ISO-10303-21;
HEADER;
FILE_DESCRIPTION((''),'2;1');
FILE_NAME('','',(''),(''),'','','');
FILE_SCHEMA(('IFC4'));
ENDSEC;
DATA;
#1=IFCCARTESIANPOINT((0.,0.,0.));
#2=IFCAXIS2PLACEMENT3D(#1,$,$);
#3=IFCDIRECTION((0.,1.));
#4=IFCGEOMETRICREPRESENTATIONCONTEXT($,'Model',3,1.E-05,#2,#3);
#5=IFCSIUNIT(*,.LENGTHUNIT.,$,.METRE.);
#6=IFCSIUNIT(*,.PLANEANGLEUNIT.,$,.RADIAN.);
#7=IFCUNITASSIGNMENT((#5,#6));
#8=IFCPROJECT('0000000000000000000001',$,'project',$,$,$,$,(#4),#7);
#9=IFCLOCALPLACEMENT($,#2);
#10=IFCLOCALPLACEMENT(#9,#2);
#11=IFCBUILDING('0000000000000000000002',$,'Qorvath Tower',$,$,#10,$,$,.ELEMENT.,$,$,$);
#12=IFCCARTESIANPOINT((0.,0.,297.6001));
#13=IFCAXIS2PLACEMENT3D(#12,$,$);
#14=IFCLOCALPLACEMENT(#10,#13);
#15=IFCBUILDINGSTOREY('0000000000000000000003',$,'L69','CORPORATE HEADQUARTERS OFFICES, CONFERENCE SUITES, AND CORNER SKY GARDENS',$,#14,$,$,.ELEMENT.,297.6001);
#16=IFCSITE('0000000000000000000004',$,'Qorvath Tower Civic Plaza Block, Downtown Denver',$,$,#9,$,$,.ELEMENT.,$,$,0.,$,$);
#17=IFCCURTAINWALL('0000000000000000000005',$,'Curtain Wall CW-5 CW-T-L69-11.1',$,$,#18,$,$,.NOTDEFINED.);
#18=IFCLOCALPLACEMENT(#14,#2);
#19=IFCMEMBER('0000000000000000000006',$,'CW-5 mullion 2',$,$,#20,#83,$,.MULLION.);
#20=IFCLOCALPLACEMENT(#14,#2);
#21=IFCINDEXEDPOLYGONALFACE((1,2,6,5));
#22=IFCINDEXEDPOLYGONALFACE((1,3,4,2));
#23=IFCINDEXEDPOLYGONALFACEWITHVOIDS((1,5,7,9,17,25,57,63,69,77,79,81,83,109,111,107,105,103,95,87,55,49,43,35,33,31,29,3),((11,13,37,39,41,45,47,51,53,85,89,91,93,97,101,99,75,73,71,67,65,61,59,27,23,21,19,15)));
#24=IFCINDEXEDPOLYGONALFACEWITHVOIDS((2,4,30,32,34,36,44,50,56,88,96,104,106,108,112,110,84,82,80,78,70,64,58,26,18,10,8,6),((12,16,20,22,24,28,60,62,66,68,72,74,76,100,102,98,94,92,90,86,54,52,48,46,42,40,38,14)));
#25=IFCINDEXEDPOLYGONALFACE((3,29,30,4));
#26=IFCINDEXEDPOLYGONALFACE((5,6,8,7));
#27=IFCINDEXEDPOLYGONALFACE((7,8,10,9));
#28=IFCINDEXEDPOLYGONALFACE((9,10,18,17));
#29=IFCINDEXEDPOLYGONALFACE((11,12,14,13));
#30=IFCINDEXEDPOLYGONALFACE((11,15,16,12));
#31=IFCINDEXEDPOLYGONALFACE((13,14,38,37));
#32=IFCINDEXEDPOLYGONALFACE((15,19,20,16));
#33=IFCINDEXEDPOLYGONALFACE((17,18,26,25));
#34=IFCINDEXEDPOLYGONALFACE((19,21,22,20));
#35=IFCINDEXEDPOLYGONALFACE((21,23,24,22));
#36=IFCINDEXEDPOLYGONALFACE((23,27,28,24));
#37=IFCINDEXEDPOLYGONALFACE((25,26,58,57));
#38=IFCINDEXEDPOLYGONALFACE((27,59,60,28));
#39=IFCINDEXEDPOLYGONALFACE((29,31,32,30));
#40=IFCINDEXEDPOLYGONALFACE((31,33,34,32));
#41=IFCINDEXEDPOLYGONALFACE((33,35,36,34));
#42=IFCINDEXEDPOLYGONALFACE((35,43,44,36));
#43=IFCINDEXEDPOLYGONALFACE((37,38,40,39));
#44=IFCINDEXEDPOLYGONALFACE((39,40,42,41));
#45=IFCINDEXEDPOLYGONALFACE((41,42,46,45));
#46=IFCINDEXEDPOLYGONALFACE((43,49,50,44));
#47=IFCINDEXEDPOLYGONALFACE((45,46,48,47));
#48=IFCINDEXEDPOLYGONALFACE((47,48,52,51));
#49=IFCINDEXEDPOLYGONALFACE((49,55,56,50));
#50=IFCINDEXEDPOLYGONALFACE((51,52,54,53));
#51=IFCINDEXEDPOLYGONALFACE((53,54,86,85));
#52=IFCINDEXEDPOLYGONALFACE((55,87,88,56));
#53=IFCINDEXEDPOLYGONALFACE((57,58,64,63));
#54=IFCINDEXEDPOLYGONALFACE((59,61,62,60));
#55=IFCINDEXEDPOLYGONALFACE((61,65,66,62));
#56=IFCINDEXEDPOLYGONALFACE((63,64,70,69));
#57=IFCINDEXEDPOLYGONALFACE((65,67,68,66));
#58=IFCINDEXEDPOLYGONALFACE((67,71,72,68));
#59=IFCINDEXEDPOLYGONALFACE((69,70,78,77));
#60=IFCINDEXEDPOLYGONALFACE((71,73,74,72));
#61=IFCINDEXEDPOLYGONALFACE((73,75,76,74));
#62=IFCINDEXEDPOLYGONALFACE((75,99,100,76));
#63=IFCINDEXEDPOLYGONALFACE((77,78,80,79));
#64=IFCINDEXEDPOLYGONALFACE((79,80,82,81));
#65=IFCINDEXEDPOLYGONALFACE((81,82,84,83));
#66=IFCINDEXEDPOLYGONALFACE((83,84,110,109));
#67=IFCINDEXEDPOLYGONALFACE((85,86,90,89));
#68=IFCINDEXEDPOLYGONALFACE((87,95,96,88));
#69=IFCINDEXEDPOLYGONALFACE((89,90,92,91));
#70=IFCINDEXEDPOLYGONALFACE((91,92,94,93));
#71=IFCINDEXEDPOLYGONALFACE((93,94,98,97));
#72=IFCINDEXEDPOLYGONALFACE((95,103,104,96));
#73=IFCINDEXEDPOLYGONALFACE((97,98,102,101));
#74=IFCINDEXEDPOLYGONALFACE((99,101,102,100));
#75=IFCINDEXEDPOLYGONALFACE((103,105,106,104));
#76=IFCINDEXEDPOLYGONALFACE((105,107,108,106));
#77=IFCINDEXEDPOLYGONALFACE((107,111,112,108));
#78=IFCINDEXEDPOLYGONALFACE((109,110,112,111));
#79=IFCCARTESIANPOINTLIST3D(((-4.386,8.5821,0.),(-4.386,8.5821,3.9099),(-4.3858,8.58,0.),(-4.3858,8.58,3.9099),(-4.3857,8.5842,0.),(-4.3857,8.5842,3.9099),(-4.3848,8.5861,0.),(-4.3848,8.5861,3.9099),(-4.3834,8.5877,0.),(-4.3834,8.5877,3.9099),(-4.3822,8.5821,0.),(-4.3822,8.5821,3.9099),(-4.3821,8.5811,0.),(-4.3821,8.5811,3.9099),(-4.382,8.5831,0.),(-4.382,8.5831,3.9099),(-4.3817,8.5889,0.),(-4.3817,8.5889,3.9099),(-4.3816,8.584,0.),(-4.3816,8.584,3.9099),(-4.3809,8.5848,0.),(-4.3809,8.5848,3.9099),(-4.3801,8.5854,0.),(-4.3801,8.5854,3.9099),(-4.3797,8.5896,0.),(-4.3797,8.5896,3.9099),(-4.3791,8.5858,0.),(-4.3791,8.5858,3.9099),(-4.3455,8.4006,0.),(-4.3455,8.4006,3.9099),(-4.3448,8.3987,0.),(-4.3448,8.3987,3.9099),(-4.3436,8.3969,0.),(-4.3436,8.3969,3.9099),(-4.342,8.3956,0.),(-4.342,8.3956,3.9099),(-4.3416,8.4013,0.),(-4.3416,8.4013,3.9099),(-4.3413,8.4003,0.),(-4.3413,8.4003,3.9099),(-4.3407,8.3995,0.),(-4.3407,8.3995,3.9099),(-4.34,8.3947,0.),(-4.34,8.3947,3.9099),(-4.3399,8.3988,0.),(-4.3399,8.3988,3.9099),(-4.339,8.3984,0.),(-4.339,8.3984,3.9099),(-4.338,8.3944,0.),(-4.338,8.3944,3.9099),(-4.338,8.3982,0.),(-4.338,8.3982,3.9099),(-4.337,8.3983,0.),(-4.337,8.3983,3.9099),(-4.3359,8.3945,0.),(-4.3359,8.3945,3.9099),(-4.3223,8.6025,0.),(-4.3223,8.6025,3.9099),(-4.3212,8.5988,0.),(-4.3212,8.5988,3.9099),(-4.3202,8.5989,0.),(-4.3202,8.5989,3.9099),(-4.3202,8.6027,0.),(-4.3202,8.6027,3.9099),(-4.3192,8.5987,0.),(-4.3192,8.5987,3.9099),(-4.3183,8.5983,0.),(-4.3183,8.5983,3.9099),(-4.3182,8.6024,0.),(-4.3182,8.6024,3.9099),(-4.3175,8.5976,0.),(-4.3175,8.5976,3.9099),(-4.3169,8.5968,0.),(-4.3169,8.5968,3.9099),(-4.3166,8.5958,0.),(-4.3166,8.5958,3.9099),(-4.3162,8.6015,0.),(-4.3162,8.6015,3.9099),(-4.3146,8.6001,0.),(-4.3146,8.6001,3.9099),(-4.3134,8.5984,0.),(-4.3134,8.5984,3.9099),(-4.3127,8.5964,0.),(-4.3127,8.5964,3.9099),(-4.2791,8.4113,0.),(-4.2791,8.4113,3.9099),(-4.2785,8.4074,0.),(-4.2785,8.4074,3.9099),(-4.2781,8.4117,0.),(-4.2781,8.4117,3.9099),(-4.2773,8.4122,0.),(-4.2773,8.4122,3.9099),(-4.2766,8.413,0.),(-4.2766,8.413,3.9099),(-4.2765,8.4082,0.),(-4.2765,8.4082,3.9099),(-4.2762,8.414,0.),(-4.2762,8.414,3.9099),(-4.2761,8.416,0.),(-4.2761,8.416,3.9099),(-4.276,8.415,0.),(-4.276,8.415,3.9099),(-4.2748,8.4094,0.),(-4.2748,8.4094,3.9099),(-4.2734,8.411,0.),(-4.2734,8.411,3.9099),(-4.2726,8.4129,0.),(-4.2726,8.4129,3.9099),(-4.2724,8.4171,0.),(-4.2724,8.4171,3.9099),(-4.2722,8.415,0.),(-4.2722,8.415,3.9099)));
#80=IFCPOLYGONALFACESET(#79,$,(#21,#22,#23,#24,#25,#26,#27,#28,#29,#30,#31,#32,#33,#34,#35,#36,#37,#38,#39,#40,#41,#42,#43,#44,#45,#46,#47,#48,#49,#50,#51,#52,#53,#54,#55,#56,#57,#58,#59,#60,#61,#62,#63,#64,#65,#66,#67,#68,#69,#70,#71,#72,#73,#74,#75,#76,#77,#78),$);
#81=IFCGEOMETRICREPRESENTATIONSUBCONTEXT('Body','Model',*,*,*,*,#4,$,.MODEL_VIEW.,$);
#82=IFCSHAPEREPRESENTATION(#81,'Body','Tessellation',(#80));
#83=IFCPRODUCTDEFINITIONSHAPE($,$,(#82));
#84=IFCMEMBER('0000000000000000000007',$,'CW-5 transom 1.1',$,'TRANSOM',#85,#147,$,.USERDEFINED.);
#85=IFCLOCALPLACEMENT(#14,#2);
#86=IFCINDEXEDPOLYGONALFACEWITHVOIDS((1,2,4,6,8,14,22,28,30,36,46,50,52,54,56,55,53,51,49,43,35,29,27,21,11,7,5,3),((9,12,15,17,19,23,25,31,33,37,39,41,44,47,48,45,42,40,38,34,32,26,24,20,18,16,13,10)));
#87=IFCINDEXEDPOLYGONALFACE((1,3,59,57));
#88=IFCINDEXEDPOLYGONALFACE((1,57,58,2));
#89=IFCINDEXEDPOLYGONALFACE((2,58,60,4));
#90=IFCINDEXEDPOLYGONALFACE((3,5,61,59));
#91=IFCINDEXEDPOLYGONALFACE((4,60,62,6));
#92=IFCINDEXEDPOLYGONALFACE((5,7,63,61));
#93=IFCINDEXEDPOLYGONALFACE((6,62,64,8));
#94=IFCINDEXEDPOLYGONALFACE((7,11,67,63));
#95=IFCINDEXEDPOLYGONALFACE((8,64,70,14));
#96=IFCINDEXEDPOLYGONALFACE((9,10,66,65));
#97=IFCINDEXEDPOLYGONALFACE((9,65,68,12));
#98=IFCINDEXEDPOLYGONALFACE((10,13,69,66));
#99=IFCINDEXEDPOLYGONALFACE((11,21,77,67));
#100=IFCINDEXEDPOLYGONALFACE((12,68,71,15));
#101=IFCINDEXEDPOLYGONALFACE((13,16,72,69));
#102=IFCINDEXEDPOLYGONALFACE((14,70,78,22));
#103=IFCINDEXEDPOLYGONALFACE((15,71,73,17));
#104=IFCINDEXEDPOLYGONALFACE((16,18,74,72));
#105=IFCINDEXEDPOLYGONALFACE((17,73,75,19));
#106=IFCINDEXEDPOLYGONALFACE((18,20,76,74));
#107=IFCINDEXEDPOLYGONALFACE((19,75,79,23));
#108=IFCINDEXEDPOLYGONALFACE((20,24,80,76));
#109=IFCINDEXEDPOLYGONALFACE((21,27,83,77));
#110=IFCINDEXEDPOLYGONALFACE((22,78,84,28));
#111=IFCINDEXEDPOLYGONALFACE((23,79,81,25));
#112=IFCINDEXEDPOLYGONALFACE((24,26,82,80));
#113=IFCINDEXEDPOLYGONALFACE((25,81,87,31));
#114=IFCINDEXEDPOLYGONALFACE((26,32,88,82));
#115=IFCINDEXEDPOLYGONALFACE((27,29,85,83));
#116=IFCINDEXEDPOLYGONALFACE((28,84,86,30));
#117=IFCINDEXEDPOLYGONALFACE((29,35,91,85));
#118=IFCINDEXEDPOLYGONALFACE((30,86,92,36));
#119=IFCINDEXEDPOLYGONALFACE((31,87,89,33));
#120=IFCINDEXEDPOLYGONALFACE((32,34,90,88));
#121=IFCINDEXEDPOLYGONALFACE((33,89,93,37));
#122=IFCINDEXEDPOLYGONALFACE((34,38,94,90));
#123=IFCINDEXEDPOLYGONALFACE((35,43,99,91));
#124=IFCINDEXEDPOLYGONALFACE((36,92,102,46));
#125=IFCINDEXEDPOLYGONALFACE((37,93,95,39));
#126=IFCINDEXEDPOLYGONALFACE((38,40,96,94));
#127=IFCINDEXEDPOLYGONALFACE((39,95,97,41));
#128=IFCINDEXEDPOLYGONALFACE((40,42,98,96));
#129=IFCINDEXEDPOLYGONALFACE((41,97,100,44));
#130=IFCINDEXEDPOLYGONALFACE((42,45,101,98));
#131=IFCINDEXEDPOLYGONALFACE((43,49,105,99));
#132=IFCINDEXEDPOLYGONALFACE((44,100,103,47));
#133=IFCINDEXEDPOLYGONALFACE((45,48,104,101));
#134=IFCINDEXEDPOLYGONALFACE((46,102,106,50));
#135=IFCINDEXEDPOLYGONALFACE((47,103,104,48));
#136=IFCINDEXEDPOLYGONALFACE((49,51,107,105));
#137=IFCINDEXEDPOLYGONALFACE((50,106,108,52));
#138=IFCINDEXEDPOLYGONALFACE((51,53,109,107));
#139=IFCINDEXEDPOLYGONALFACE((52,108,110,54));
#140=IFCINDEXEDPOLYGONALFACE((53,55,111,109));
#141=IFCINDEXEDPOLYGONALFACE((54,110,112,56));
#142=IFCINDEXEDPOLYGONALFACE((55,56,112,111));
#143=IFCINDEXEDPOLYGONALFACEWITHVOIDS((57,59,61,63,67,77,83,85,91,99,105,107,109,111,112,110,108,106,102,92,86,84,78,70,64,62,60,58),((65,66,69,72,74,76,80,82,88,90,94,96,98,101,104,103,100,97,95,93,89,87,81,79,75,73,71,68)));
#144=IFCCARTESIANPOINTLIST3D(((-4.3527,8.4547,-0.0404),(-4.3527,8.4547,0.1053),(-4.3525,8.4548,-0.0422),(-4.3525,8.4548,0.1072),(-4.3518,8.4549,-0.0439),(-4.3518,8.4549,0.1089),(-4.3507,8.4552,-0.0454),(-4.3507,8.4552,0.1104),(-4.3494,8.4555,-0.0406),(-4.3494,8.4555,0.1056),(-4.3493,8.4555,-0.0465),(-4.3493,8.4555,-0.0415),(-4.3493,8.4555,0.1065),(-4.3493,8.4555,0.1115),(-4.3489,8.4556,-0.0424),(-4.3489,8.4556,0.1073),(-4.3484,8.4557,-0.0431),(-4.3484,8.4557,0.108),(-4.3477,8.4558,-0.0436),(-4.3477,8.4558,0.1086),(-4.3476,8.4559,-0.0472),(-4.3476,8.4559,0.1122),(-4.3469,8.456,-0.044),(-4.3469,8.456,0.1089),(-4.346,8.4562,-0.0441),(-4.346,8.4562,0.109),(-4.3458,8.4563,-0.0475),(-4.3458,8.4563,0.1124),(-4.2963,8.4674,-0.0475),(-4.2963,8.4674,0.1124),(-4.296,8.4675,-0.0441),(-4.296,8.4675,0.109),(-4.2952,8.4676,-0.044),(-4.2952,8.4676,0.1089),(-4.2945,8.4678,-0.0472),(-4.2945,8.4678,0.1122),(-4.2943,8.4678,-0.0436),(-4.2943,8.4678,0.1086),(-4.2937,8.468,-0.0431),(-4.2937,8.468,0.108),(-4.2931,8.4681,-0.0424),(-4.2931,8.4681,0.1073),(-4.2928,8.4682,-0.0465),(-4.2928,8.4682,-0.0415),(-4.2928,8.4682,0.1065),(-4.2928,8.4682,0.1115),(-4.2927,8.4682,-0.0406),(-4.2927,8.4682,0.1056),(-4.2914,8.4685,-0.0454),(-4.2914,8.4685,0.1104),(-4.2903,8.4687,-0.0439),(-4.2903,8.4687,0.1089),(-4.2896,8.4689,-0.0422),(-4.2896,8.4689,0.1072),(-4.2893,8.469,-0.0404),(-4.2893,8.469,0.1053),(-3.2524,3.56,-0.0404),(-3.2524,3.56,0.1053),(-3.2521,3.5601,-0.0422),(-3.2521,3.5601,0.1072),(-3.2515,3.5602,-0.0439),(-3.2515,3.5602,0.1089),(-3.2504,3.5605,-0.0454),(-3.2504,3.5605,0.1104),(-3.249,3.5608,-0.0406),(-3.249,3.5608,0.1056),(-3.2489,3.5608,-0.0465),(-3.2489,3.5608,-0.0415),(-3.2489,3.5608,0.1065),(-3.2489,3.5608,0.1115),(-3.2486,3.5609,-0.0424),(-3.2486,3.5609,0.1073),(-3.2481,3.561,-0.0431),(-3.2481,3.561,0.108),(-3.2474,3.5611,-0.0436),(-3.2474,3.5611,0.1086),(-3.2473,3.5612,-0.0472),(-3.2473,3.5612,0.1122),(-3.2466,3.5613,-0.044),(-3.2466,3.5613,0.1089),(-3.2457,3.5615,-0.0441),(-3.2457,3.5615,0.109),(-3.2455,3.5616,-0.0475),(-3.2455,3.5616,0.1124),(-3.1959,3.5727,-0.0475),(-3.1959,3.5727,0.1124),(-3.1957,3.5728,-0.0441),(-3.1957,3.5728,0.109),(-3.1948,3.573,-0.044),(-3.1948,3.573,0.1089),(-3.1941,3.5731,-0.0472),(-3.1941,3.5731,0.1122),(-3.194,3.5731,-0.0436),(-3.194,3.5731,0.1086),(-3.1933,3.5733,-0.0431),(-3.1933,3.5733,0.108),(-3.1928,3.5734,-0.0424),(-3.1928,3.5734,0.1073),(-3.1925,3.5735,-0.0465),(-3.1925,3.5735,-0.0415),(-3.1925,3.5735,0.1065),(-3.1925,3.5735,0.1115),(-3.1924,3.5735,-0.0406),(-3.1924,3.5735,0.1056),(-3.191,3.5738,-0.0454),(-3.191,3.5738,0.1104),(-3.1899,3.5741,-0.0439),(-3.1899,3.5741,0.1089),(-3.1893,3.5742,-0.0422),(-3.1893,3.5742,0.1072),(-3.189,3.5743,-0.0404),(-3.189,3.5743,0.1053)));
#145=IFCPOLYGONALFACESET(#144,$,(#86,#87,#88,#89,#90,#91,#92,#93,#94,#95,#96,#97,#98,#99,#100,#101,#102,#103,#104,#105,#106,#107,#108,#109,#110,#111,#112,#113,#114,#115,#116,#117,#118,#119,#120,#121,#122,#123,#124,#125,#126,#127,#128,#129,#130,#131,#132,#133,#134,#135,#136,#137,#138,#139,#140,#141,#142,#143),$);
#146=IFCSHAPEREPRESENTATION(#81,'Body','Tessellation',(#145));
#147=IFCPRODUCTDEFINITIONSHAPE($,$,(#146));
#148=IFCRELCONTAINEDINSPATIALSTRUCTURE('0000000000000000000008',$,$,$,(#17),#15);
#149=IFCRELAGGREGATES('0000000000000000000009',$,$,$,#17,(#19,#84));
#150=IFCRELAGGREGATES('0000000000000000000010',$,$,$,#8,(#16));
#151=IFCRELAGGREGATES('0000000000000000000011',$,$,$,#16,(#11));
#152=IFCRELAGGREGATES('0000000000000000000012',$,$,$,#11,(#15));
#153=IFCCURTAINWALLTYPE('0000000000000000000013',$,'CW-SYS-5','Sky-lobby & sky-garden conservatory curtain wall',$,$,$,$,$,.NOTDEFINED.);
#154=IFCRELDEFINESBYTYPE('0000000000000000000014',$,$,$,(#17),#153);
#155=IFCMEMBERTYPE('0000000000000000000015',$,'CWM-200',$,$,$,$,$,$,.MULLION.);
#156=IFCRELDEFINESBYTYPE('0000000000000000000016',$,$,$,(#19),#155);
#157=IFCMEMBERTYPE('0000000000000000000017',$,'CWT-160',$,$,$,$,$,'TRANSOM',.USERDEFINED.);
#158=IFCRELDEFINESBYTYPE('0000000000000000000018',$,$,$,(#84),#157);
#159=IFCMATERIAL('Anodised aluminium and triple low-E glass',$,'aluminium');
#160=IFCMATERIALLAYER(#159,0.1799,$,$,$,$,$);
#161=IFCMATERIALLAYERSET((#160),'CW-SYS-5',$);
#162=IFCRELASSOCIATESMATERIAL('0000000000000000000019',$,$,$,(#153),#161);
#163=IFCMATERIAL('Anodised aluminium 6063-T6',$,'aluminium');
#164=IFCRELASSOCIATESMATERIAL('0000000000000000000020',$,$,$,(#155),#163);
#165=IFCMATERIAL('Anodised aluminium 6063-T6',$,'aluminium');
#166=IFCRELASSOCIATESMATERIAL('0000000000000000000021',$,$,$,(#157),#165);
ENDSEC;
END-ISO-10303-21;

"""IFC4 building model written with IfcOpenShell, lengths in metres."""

from ifc_helpers import new_model, si_unit, direction, frame, origin, origin_2d, place, context, subcontext, project, spatial, hollow_rectangle, extrude, material, layer, layer_set, material_profile, profile_set, type_object, element, aggregate, save


model = new_model("IFC4")

# Units and contexts
model_context = context("Model", 3, precision=1e-05, world=origin(), true_north=direction((0.0, 1.0)))
body_context = subcontext(model_context, "Body", "Model", "MODEL_VIEW")
ifc_project = project(units=[si_unit("LENGTHUNIT", "METRE"), si_unit("PLANEANGLEUNIT", "RADIAN")], contexts=[model_context])

# Site, building, storey
site_placement = place(None, origin())
site = spatial("IfcSite", under=ifc_project, at=site_placement, Name="Qorvath Tower Civic Plaza Block, Downtown Denver", CompositionType="ELEMENT", RefElevation=0.0)
building_placement = place(site_placement, origin())
building = spatial("IfcBuilding", under=site, at=building_placement, Name="Qorvath Tower", CompositionType="ELEMENT")
storey_placement = place(building_placement, frame((0.0, 0.0, 297.6001)))
storey = spatial("IfcBuildingStorey", under=building, at=storey_placement, Name="L69", Description="CORPORATE HEADQUARTERS OFFICES, CONFERENCE SUITES, AND CORNER SKY GARDENS", CompositionType="ELEMENT", Elevation=297.6001)

# Shared definitions
ifc_material_1 = material(Name="Anodised aluminium and triple low-E glass", Category="aluminium")
ifc_layer_1 = layer(ifc_material_1, 0.1799)
ifc_layer_set_1 = layer_set([ifc_layer_1], Name="CW-SYS-5")
curtain_wall_type = type_object("IfcCurtainWallType", Name="CW-SYS-5", Description="Sky-lobby & sky-garden conservatory curtain wall", PredefinedType="NOTDEFINED", material=ifc_layer_set_1)
ifc_material_2 = material(Name="Anodised aluminium 6063-T6", Category="aluminium")
ifc_material_profile_1 = material_profile(ifc_material_2, hollow_rectangle(XDim=0.075, YDim=0.2, WallThickness=0.0039, InnerFilletRadius=0.0039, OuterFilletRadius=0.0081, at=origin_2d()), Name="CWM 200x75")
ifc_profile_set_1 = profile_set([ifc_material_profile_1], Name="Anodised aluminium 6063-T6")
member_type_1 = type_object("IfcMemberType", Name="CWM-200", PredefinedType="MULLION", material=ifc_profile_set_1)

# Curtain wall, members
curtain_wall_1_placement = place(storey_placement, origin())
curtain_wall_1 = element("IfcCurtainWall", 1, at=curtain_wall_1_placement, inside=storey, type_object=curtain_wall_type, Name="Curtain Wall CW-5 CW-T-L69-11.1", PredefinedType="NOTDEFINED")
member_1_placement = place(storey_placement, frame((-4.3291, 8.4985, 0.0), z_axis=(0.0, 0.0, 1.0), x_axis=(-0.975659, -0.219293, 0.0)))
member_1 = element("IfcMember", 2, at=member_1_placement, type_object=member_type_1, Name="CW-5 mullion 2", PredefinedType="MULLION", context=body_context, shape_type="SweptSolid", body=[
    extrude(hollow_rectangle(XDim=0.075, YDim=0.2, WallThickness=0.0039, InnerFilletRadius=0.0039, OuterFilletRadius=0.0081, at=origin_2d()), origin(), (0.0, 0.0, 1.0), 3.9099),
])
ifc_material_3 = material(Name="Anodised aluminium 6063-T6", Category="aluminium")
ifc_material_profile_2 = material_profile(ifc_material_3, hollow_rectangle(XDim=0.0649, YDim=0.1599, WallThickness=0.0034, InnerFilletRadius=0.0034, OuterFilletRadius=0.0071, at=origin_2d()), Name="CWT 160x65")
ifc_profile_set_2 = profile_set([ifc_material_profile_2], Name="Anodised aluminium 6063-T6")
member_type_2 = type_object("IfcMemberType", Name="CWT-160", ElementType="TRANSOM", PredefinedType="USERDEFINED", material=ifc_profile_set_2)
member_2_placement = place(storey_placement, frame((-3.2207, 3.5671, 0.0325), z_axis=(-0.219326, 0.975652, 0.0), x_axis=(-0.975652, -0.219326, 0.0)))
member_2 = element("IfcMember", 3, at=member_2_placement, type_object=member_type_2, Name="CW-5 transom 1.1", ObjectType="TRANSOM", PredefinedType="USERDEFINED", context=body_context, shape_type="SweptSolid", body=[
    extrude(hollow_rectangle(XDim=0.0649, YDim=0.1599, WallThickness=0.0034, InnerFilletRadius=0.0034, OuterFilletRadius=0.0071, at=origin_2d()), origin(), (0.0, 0.0, 1.0), 5.0168),
])
aggregate(curtain_wall_1, [member_1, member_2])

save(model, "model.ifc")
